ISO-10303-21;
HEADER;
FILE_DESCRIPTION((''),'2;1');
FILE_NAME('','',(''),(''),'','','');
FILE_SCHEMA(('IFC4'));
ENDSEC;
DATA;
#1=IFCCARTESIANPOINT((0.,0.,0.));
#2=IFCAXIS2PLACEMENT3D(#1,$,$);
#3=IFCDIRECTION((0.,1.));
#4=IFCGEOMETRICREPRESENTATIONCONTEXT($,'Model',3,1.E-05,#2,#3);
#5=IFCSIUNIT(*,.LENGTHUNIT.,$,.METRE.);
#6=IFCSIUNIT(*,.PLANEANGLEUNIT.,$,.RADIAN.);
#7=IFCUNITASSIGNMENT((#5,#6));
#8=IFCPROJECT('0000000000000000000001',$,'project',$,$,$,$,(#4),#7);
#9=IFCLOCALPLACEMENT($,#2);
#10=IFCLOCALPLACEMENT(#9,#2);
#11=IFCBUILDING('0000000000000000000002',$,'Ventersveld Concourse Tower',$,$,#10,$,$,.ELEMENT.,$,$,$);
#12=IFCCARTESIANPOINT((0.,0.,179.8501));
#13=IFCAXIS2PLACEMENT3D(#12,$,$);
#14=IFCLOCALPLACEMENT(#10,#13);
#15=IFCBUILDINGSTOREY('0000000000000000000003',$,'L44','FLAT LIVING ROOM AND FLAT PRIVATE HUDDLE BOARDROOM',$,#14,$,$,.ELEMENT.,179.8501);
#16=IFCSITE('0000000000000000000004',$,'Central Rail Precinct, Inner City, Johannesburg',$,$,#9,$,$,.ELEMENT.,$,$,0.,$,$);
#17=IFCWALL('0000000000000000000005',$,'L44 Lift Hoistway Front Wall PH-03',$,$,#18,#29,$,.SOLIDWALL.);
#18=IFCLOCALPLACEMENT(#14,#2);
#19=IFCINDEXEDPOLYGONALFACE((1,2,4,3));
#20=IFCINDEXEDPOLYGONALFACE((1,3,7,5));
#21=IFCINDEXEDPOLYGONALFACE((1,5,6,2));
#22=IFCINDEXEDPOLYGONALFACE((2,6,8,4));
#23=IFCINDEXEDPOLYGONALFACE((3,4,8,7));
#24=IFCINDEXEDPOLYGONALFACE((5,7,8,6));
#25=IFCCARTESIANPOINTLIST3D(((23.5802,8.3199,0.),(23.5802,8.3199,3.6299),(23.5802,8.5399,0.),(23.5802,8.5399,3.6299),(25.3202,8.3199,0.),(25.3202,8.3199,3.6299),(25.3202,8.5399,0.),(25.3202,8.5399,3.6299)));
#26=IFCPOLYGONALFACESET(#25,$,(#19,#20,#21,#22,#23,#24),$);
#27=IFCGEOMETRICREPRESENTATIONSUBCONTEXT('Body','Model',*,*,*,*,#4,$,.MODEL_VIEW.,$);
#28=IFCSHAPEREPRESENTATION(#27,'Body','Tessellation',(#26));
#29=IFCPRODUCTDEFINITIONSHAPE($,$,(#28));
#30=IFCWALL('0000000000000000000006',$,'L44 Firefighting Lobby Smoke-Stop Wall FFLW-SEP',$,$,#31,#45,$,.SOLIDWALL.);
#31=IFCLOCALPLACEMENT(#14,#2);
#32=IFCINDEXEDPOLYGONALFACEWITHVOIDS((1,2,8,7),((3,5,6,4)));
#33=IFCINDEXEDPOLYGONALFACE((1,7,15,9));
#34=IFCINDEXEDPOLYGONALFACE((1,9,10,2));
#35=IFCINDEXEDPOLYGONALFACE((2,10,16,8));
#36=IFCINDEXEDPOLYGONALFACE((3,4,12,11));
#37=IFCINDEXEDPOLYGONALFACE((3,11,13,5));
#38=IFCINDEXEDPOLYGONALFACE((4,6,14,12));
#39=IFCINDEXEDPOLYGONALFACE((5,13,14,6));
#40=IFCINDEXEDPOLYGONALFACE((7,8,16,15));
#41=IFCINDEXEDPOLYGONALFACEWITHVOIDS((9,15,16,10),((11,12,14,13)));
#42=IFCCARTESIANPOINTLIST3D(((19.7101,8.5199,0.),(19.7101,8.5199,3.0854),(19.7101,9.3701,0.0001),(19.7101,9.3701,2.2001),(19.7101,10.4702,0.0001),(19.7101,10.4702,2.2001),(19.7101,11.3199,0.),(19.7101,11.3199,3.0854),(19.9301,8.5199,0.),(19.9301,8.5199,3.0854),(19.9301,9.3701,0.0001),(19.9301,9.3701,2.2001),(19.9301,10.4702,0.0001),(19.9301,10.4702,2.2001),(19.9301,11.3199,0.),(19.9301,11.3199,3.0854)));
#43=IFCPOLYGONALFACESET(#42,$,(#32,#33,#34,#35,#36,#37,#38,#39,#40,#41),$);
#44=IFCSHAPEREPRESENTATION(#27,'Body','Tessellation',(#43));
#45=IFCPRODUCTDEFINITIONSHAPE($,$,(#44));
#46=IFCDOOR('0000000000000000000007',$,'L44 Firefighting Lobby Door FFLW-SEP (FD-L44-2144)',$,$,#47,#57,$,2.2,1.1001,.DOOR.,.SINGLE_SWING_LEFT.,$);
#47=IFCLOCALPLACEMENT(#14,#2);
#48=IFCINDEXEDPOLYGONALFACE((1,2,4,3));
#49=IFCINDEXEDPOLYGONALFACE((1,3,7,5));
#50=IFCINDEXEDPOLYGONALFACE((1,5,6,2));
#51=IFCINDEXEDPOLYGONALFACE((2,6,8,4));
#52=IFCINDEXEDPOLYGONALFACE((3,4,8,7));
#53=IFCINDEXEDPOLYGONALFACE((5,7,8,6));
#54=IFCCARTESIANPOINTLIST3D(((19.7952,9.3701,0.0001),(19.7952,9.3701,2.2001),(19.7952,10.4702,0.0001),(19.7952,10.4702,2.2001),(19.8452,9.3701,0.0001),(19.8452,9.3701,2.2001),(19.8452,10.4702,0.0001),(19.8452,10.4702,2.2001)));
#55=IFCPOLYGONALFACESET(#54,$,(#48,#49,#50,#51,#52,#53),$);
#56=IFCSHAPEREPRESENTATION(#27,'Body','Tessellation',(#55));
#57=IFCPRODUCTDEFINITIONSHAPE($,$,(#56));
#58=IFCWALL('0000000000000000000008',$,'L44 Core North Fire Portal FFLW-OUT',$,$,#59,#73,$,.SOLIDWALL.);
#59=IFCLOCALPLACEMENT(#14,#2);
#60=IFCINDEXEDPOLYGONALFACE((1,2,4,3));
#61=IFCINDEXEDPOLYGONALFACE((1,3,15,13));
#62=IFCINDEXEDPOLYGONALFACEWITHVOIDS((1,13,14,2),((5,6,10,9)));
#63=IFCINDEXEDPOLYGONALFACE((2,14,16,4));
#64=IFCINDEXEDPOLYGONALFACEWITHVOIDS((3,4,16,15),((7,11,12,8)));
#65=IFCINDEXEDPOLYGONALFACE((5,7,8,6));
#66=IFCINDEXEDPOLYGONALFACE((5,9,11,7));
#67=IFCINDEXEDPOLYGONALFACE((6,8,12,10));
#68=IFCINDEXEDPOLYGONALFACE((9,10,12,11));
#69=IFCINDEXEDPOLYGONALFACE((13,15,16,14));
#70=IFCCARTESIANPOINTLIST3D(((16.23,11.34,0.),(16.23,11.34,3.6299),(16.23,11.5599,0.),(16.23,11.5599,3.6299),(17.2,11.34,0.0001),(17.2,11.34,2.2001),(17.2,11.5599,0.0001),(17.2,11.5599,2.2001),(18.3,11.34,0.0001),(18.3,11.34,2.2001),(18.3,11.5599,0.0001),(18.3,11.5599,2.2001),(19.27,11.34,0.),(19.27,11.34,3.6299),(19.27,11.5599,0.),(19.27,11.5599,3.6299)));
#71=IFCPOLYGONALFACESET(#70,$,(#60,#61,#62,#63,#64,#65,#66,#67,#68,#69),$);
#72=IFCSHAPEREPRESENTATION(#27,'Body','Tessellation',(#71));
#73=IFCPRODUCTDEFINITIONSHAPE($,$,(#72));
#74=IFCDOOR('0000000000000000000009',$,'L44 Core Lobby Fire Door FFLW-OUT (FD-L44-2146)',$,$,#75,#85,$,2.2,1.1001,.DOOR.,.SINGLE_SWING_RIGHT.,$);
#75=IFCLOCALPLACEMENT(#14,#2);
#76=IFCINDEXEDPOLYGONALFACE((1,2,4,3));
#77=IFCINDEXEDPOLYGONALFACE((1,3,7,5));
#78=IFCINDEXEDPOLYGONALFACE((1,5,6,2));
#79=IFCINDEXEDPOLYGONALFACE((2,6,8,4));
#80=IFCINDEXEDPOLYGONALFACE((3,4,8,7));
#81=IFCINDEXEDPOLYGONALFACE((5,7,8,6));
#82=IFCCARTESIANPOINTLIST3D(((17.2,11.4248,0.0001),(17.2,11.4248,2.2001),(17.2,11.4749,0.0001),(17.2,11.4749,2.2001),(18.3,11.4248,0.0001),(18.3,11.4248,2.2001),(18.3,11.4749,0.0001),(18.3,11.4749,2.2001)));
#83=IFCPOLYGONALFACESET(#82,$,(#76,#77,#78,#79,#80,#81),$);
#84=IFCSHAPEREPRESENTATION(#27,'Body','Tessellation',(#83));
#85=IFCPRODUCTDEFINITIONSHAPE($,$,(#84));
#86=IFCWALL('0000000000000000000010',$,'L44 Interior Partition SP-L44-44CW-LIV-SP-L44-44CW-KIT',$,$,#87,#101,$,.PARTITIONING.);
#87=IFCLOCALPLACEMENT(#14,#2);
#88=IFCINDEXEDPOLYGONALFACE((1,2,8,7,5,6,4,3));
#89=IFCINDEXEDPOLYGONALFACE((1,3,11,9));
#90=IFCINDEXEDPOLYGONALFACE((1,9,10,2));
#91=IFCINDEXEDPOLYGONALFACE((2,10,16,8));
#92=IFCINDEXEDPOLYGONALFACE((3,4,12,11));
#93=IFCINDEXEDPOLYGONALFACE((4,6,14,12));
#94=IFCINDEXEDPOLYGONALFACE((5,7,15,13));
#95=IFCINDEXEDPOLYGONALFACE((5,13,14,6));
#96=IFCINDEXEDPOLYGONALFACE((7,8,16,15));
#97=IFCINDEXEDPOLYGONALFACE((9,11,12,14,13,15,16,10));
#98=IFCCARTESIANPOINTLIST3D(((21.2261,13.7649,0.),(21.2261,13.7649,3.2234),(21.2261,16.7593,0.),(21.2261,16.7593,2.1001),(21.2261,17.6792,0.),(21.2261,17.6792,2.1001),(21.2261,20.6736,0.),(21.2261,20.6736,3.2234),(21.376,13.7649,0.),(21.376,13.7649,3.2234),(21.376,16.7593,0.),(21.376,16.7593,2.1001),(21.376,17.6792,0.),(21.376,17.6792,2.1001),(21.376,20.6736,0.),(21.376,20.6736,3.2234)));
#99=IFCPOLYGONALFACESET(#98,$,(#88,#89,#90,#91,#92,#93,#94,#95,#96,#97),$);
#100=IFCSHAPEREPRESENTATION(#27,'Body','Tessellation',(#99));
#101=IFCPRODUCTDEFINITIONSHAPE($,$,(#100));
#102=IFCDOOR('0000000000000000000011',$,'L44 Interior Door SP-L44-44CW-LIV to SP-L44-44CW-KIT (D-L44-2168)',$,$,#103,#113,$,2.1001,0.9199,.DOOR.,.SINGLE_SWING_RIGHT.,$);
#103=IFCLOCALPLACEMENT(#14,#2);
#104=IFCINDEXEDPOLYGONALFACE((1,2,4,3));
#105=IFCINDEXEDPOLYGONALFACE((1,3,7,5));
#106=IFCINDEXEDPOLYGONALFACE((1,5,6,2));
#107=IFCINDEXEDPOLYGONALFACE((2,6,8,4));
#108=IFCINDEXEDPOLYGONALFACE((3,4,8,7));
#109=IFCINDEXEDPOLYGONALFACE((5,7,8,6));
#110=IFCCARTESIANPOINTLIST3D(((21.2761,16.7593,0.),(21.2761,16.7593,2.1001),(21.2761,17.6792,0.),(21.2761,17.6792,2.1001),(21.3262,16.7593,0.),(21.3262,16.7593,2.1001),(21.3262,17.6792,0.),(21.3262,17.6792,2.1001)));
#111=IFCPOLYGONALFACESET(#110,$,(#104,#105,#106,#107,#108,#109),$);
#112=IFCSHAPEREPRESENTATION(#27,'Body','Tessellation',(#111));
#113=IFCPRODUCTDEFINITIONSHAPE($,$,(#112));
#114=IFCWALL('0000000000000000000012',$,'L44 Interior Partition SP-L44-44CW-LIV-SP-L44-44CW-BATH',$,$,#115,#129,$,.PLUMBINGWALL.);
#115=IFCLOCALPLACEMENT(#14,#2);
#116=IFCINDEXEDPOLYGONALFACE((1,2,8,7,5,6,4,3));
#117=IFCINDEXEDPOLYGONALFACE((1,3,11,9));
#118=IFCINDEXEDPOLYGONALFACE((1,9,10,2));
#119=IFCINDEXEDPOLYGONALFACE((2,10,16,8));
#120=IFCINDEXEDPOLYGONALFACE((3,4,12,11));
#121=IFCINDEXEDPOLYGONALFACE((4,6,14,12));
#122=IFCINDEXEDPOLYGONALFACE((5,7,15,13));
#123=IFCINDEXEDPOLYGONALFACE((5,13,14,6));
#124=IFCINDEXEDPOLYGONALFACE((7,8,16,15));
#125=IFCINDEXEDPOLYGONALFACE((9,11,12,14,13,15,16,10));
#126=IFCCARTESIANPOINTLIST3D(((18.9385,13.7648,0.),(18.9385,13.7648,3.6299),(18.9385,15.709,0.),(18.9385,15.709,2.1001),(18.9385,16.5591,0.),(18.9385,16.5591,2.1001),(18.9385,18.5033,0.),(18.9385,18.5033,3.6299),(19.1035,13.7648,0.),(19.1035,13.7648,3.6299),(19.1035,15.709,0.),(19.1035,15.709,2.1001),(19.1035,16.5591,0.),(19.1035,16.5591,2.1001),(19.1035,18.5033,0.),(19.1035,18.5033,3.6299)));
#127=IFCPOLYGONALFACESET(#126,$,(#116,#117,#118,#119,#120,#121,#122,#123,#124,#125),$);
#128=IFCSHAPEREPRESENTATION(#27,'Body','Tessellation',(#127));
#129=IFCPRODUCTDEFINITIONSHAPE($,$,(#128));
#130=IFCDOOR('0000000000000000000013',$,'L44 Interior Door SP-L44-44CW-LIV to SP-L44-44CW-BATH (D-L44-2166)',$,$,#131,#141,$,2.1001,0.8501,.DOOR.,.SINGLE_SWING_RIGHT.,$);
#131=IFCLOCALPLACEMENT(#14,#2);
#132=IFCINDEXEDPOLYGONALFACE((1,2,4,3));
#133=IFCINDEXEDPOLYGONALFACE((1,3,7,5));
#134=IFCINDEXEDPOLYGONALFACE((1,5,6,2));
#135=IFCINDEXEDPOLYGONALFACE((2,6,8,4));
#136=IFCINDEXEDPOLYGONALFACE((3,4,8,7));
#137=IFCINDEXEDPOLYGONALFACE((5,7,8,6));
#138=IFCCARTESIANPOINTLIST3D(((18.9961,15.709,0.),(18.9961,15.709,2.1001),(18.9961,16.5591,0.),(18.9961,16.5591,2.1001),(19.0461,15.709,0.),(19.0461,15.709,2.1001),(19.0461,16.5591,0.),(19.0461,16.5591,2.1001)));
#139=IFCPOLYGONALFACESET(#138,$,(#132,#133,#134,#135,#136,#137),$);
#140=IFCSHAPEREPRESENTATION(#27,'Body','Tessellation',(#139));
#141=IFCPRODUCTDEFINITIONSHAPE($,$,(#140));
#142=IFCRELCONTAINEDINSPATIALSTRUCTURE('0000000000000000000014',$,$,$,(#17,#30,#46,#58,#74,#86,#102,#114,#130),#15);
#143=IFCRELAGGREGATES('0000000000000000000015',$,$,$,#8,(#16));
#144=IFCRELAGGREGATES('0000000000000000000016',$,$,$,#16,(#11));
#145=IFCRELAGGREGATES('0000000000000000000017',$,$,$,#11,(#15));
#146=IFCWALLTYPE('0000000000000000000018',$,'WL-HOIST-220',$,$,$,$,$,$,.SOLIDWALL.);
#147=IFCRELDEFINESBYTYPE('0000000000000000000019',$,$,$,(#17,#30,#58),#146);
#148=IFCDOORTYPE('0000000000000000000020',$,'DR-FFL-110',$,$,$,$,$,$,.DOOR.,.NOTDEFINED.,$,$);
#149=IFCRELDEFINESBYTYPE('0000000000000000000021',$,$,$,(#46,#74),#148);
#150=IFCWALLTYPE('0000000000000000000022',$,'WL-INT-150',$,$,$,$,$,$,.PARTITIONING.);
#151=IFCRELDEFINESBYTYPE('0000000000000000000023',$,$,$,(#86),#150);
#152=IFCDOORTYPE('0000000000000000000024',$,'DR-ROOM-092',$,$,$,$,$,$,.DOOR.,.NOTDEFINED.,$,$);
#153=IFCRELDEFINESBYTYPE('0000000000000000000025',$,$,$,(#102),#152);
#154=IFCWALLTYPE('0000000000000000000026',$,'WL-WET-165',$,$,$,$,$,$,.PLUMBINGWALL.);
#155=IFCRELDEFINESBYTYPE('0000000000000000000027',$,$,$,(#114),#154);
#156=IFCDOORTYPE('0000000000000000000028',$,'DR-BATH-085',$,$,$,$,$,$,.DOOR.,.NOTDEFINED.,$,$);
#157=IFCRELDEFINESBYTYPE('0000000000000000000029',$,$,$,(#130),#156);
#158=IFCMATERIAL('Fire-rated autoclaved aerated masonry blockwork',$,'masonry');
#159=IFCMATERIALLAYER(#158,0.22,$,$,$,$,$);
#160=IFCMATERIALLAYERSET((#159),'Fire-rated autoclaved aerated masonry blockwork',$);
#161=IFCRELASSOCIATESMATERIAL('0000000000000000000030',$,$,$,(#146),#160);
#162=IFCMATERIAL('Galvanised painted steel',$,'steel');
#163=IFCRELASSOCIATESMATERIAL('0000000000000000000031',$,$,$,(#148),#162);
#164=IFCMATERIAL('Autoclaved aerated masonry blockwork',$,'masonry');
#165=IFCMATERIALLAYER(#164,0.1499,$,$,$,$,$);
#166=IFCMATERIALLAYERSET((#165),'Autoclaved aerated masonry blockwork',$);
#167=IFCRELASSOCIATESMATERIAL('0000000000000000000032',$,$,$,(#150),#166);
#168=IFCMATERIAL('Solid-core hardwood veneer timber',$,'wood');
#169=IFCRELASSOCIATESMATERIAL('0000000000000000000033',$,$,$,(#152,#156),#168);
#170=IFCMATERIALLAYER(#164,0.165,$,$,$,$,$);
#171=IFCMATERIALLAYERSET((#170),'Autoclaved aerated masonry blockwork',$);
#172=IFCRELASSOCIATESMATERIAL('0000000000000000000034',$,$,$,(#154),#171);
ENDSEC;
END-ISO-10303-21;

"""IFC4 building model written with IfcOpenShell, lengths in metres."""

from ifc_helpers import new_model, si_unit, direction, frame, frame_2d, origin, place, context, subcontext, project, spatial, rectangle, extrude, material, layer, layer_set, type_object, element, fill, save


model = new_model("IFC4")

# Units and contexts
model_context = context("Model", 3, precision=1e-05, world=origin(), true_north=direction((0.0, 1.0)))
body_context = subcontext(model_context, "Body", "Model", "MODEL_VIEW")
ifc_project = project(units=[si_unit("LENGTHUNIT", "METRE"), si_unit("PLANEANGLEUNIT", "RADIAN")], contexts=[model_context])

# Site, building, storey
site_placement = place(None, origin())
site = spatial("IfcSite", under=ifc_project, at=site_placement, Name="Central Rail Precinct, Inner City, Johannesburg", CompositionType="ELEMENT", RefElevation=0.0)
building_placement = place(site_placement, origin())
building = spatial("IfcBuilding", under=site, at=building_placement, Name="Ventersveld Concourse Tower", CompositionType="ELEMENT")
storey_placement = place(building_placement, frame((0.0, 0.0, 179.8501)))
storey = spatial("IfcBuildingStorey", under=building, at=storey_placement, Name="L44", Description="FLAT LIVING ROOM AND FLAT PRIVATE HUDDLE BOARDROOM", CompositionType="ELEMENT", Elevation=179.8501)

# Shared definitions
ifc_material_1 = material(Name="Fire-rated autoclaved aerated masonry blockwork", Category="masonry")

# Shared definitions
ifc_layer_1 = layer(ifc_material_1, 0.22)
ifc_layer_set_1 = layer_set([ifc_layer_1], Name="Fire-rated autoclaved aerated masonry blockwork")
wall_type_1 = type_object("IfcWallType", Name="WL-HOIST-220", PredefinedType="SOLIDWALL", material=ifc_layer_set_1)

# Wall
wall_1_placement = place(storey_placement, frame((23.5801, 8.4299, 0.0), z_axis=(0.0, 0.0, 1.0), x_axis=(1.0, 0.0, 0.0)))
element("IfcWall", 1, at=wall_1_placement, inside=storey, type_object=wall_type_1, Name="L44 Lift Hoistway Front Wall PH-03", PredefinedType="SOLIDWALL", context=body_context, shape_type="SweptSolid", body=[
    extrude(rectangle(XDim=1.74, YDim=0.22, at=frame_2d((0.8701, 0.0))), origin(), (0.0, 0.0, 1.0), 3.6299),
])

# Walls, openings, doors
wall_2_placement = place(storey_placement, frame((19.8201, 8.52, 0.0), z_axis=(0.0, 0.0, 1.0), x_axis=(0.0, 1.0, 0.0)))
wall_2 = element("IfcWall", 2, at=wall_2_placement, inside=storey, type_object=wall_type_1, Name="L44 Firefighting Lobby Smoke-Stop Wall FFLW-SEP", PredefinedType="SOLIDWALL", context=body_context, shape_type="SweptSolid", body=[
    extrude(rectangle(XDim=2.8, YDim=0.22, at=frame_2d((1.3999, 0.0))), origin(), (0.0, 0.0, 1.0), 3.0854),
])
opening_1_placement = place(wall_2_placement, frame((0.8501, 0.0, 0.0)))
opening_1 = element("IfcOpeningElement", 3, at=opening_1_placement, cuts=wall_2, PredefinedType="OPENING", context=body_context, shape_type="SweptSolid", body=[
    extrude(rectangle(XDim=1.1001, YDim=2.2, at=frame_2d((0.55, 1.1001))), frame((0.0, 0.1201, 0.0), z_axis=(0.0, -1.0, 0.0), x_axis=(1.0, 0.0, 0.0)), (0.0, 0.0, 1.0), 0.24),
])
ifc_material_2 = material(Name="Galvanised painted steel", Category="steel")
door_type_1 = type_object("IfcDoorType", Name="DR-FFL-110", OperationType="NOTDEFINED", PredefinedType="DOOR", material=ifc_material_2)
door_1_placement = place(opening_1_placement, origin())
door_1 = element("IfcDoor", 4, at=door_1_placement, inside=storey, type_object=door_type_1, Name="L44 Firefighting Lobby Door FFLW-SEP (FD-L44-2144)", OperationType="SINGLE_SWING_LEFT", OverallHeight=2.2, OverallWidth=1.1001, PredefinedType="DOOR", context=body_context, shape_type="SweptSolid", body=[
    extrude(rectangle(XDim=1.1001, YDim=2.2, at=frame_2d((0.55, 1.1001))), frame((0.0, 0.0249, 0.0), z_axis=(0.0, -1.0, 0.0), x_axis=(1.0, 0.0, 0.0)), (0.0, 0.0, 1.0), 0.05),
])
fill(opening_1, door_1)
wall_3_placement = place(storey_placement, frame((16.23, 11.45, 0.0), z_axis=(0.0, 0.0, 1.0), x_axis=(1.0, 0.0, 0.0)))
wall_3 = element("IfcWall", 5, at=wall_3_placement, inside=storey, type_object=wall_type_1, Name="L44 Core North Fire Portal FFLW-OUT", PredefinedType="SOLIDWALL", context=body_context, shape_type="SweptSolid", body=[
    extrude(rectangle(XDim=3.04, YDim=0.22, at=frame_2d((1.52, 0.0))), origin(), (0.0, 0.0, 1.0), 3.6299),
])
opening_2_placement = place(wall_3_placement, frame((0.97, 0.0, 0.0)))
opening_2 = element("IfcOpeningElement", 6, at=opening_2_placement, cuts=wall_3, PredefinedType="OPENING", context=body_context, shape_type="SweptSolid", body=[
    extrude(rectangle(XDim=1.1001, YDim=2.2, at=frame_2d((0.55, 1.1001))), frame((0.0, 0.1201, 0.0), z_axis=(0.0, -1.0, 0.0), x_axis=(1.0, 0.0, 0.0)), (0.0, 0.0, 1.0), 0.24),
])
door_2_placement = place(opening_2_placement, origin())
door_2 = element("IfcDoor", 7, at=door_2_placement, inside=storey, type_object=door_type_1, Name="L44 Core Lobby Fire Door FFLW-OUT (FD-L44-2146)", OperationType="SINGLE_SWING_RIGHT", OverallHeight=2.2, OverallWidth=1.1001, PredefinedType="DOOR", context=body_context, shape_type="SweptSolid", body=[
    extrude(rectangle(XDim=1.1001, YDim=2.2, at=frame_2d((0.55, 1.1001))), frame((0.0, 0.0249, 0.0), z_axis=(0.0, -1.0, 0.0), x_axis=(1.0, 0.0, 0.0)), (0.0, 0.0, 1.0), 0.05),
])
fill(opening_2, door_2)
ifc_material_3 = material(Name="Autoclaved aerated masonry blockwork", Category="masonry")
ifc_layer_2 = layer(ifc_material_3, 0.1499)
ifc_layer_set_2 = layer_set([ifc_layer_2], Name="Autoclaved aerated masonry blockwork")
wall_type_2 = type_object("IfcWallType", Name="WL-INT-150", PredefinedType="PARTITIONING", material=ifc_layer_set_2)
wall_4_placement = place(storey_placement, frame((21.301, 13.7649, 0.0), z_axis=(0.0, 0.0, 1.0), x_axis=(0.0, 1.0, 0.0)))
wall_4 = element("IfcWall", 8, at=wall_4_placement, inside=storey, type_object=wall_type_2, Name="L44 Interior Partition SP-L44-44CW-LIV-SP-L44-44CW-KIT", PredefinedType="PARTITIONING", context=body_context, shape_type="SweptSolid", body=[
    extrude(rectangle(XDim=6.9087, YDim=0.1499, at=frame_2d((3.4543, 0.0))), origin(), (0.0, 0.0, 1.0), 3.2234),
])
opening_3_placement = place(wall_4_placement, frame((2.9944, 0.0, 0.0)))
opening_3 = element("IfcOpeningElement", 9, at=opening_3_placement, cuts=wall_4, PredefinedType="OPENING", context=body_context, shape_type="SweptSolid", body=[
    extrude(rectangle(XDim=0.9199, YDim=2.1001, at=frame_2d((0.46, 1.05))), frame((0.0, 0.085, 0.0), z_axis=(0.0, -1.0, 0.0), x_axis=(1.0, 0.0, 0.0)), (0.0, 0.0, 1.0), 0.1699),
])
ifc_material_4 = material(Name="Solid-core hardwood veneer timber", Category="wood")
door_type_2 = type_object("IfcDoorType", Name="DR-ROOM-092", OperationType="NOTDEFINED", PredefinedType="DOOR", material=ifc_material_4)
door_3_placement = place(opening_3_placement, origin())
door_3 = element("IfcDoor", 10, at=door_3_placement, inside=storey, type_object=door_type_2, Name="L44 Interior Door SP-L44-44CW-LIV to SP-L44-44CW-KIT (D-L44-2168)", OperationType="SINGLE_SWING_RIGHT", OverallHeight=2.1001, OverallWidth=0.9199, PredefinedType="DOOR", context=body_context, shape_type="SweptSolid", body=[
    extrude(rectangle(XDim=0.9199, YDim=2.1001, at=frame_2d((0.46, 1.05))), frame((0.0, 0.0249, 0.0), z_axis=(0.0, -1.0, 0.0), x_axis=(1.0, 0.0, 0.0)), (0.0, 0.0, 1.0), 0.05),
])
fill(opening_3, door_3)
ifc_layer_3 = layer(ifc_material_3, 0.165)
ifc_layer_set_3 = layer_set([ifc_layer_3], Name="Autoclaved aerated masonry blockwork")
wall_type_3 = type_object("IfcWallType", Name="WL-WET-165", PredefinedType="PLUMBINGWALL", material=ifc_layer_set_3)
wall_5_placement = place(storey_placement, frame((19.021, 13.7649, 0.0), z_axis=(0.0, 0.0, 1.0), x_axis=(0.0, 1.0, 0.0)))
wall_5 = element("IfcWall", 11, at=wall_5_placement, inside=storey, type_object=wall_type_3, Name="L44 Interior Partition SP-L44-44CW-LIV-SP-L44-44CW-BATH", PredefinedType="PLUMBINGWALL", context=body_context, shape_type="SweptSolid", body=[
    extrude(rectangle(XDim=4.7385, YDim=0.165, at=frame_2d((2.3691, 0.0))), origin(), (0.0, 0.0, 1.0), 3.6299),
])
opening_4_placement = place(wall_5_placement, frame((1.9441, 0.0, 0.0)))
opening_4 = element("IfcOpeningElement", 12, at=opening_4_placement, cuts=wall_5, PredefinedType="OPENING", context=body_context, shape_type="SweptSolid", body=[
    extrude(rectangle(XDim=0.8501, YDim=2.1001, at=frame_2d((0.425, 1.05))), frame((0.0, 0.0925, 0.0), z_axis=(0.0, -1.0, 0.0), x_axis=(1.0, 0.0, 0.0)), (0.0, 0.0, 1.0), 0.1851),
])
door_type_3 = type_object("IfcDoorType", Name="DR-BATH-085", OperationType="NOTDEFINED", PredefinedType="DOOR", material=ifc_material_4)
door_4_placement = place(opening_4_placement, origin())
door_4 = element("IfcDoor", 13, at=door_4_placement, inside=storey, type_object=door_type_3, Name="L44 Interior Door SP-L44-44CW-LIV to SP-L44-44CW-BATH (D-L44-2166)", OperationType="SINGLE_SWING_RIGHT", OverallHeight=2.1001, OverallWidth=0.8501, PredefinedType="DOOR", context=body_context, shape_type="SweptSolid", body=[
    extrude(rectangle(XDim=0.8501, YDim=2.1001, at=frame_2d((0.425, 1.05))), frame((0.0, 0.0249, 0.0), z_axis=(0.0, -1.0, 0.0), x_axis=(1.0, 0.0, 0.0)), (0.0, 0.0, 1.0), 0.05),
])
fill(opening_4, door_4)

save(model, "model.ifc")
